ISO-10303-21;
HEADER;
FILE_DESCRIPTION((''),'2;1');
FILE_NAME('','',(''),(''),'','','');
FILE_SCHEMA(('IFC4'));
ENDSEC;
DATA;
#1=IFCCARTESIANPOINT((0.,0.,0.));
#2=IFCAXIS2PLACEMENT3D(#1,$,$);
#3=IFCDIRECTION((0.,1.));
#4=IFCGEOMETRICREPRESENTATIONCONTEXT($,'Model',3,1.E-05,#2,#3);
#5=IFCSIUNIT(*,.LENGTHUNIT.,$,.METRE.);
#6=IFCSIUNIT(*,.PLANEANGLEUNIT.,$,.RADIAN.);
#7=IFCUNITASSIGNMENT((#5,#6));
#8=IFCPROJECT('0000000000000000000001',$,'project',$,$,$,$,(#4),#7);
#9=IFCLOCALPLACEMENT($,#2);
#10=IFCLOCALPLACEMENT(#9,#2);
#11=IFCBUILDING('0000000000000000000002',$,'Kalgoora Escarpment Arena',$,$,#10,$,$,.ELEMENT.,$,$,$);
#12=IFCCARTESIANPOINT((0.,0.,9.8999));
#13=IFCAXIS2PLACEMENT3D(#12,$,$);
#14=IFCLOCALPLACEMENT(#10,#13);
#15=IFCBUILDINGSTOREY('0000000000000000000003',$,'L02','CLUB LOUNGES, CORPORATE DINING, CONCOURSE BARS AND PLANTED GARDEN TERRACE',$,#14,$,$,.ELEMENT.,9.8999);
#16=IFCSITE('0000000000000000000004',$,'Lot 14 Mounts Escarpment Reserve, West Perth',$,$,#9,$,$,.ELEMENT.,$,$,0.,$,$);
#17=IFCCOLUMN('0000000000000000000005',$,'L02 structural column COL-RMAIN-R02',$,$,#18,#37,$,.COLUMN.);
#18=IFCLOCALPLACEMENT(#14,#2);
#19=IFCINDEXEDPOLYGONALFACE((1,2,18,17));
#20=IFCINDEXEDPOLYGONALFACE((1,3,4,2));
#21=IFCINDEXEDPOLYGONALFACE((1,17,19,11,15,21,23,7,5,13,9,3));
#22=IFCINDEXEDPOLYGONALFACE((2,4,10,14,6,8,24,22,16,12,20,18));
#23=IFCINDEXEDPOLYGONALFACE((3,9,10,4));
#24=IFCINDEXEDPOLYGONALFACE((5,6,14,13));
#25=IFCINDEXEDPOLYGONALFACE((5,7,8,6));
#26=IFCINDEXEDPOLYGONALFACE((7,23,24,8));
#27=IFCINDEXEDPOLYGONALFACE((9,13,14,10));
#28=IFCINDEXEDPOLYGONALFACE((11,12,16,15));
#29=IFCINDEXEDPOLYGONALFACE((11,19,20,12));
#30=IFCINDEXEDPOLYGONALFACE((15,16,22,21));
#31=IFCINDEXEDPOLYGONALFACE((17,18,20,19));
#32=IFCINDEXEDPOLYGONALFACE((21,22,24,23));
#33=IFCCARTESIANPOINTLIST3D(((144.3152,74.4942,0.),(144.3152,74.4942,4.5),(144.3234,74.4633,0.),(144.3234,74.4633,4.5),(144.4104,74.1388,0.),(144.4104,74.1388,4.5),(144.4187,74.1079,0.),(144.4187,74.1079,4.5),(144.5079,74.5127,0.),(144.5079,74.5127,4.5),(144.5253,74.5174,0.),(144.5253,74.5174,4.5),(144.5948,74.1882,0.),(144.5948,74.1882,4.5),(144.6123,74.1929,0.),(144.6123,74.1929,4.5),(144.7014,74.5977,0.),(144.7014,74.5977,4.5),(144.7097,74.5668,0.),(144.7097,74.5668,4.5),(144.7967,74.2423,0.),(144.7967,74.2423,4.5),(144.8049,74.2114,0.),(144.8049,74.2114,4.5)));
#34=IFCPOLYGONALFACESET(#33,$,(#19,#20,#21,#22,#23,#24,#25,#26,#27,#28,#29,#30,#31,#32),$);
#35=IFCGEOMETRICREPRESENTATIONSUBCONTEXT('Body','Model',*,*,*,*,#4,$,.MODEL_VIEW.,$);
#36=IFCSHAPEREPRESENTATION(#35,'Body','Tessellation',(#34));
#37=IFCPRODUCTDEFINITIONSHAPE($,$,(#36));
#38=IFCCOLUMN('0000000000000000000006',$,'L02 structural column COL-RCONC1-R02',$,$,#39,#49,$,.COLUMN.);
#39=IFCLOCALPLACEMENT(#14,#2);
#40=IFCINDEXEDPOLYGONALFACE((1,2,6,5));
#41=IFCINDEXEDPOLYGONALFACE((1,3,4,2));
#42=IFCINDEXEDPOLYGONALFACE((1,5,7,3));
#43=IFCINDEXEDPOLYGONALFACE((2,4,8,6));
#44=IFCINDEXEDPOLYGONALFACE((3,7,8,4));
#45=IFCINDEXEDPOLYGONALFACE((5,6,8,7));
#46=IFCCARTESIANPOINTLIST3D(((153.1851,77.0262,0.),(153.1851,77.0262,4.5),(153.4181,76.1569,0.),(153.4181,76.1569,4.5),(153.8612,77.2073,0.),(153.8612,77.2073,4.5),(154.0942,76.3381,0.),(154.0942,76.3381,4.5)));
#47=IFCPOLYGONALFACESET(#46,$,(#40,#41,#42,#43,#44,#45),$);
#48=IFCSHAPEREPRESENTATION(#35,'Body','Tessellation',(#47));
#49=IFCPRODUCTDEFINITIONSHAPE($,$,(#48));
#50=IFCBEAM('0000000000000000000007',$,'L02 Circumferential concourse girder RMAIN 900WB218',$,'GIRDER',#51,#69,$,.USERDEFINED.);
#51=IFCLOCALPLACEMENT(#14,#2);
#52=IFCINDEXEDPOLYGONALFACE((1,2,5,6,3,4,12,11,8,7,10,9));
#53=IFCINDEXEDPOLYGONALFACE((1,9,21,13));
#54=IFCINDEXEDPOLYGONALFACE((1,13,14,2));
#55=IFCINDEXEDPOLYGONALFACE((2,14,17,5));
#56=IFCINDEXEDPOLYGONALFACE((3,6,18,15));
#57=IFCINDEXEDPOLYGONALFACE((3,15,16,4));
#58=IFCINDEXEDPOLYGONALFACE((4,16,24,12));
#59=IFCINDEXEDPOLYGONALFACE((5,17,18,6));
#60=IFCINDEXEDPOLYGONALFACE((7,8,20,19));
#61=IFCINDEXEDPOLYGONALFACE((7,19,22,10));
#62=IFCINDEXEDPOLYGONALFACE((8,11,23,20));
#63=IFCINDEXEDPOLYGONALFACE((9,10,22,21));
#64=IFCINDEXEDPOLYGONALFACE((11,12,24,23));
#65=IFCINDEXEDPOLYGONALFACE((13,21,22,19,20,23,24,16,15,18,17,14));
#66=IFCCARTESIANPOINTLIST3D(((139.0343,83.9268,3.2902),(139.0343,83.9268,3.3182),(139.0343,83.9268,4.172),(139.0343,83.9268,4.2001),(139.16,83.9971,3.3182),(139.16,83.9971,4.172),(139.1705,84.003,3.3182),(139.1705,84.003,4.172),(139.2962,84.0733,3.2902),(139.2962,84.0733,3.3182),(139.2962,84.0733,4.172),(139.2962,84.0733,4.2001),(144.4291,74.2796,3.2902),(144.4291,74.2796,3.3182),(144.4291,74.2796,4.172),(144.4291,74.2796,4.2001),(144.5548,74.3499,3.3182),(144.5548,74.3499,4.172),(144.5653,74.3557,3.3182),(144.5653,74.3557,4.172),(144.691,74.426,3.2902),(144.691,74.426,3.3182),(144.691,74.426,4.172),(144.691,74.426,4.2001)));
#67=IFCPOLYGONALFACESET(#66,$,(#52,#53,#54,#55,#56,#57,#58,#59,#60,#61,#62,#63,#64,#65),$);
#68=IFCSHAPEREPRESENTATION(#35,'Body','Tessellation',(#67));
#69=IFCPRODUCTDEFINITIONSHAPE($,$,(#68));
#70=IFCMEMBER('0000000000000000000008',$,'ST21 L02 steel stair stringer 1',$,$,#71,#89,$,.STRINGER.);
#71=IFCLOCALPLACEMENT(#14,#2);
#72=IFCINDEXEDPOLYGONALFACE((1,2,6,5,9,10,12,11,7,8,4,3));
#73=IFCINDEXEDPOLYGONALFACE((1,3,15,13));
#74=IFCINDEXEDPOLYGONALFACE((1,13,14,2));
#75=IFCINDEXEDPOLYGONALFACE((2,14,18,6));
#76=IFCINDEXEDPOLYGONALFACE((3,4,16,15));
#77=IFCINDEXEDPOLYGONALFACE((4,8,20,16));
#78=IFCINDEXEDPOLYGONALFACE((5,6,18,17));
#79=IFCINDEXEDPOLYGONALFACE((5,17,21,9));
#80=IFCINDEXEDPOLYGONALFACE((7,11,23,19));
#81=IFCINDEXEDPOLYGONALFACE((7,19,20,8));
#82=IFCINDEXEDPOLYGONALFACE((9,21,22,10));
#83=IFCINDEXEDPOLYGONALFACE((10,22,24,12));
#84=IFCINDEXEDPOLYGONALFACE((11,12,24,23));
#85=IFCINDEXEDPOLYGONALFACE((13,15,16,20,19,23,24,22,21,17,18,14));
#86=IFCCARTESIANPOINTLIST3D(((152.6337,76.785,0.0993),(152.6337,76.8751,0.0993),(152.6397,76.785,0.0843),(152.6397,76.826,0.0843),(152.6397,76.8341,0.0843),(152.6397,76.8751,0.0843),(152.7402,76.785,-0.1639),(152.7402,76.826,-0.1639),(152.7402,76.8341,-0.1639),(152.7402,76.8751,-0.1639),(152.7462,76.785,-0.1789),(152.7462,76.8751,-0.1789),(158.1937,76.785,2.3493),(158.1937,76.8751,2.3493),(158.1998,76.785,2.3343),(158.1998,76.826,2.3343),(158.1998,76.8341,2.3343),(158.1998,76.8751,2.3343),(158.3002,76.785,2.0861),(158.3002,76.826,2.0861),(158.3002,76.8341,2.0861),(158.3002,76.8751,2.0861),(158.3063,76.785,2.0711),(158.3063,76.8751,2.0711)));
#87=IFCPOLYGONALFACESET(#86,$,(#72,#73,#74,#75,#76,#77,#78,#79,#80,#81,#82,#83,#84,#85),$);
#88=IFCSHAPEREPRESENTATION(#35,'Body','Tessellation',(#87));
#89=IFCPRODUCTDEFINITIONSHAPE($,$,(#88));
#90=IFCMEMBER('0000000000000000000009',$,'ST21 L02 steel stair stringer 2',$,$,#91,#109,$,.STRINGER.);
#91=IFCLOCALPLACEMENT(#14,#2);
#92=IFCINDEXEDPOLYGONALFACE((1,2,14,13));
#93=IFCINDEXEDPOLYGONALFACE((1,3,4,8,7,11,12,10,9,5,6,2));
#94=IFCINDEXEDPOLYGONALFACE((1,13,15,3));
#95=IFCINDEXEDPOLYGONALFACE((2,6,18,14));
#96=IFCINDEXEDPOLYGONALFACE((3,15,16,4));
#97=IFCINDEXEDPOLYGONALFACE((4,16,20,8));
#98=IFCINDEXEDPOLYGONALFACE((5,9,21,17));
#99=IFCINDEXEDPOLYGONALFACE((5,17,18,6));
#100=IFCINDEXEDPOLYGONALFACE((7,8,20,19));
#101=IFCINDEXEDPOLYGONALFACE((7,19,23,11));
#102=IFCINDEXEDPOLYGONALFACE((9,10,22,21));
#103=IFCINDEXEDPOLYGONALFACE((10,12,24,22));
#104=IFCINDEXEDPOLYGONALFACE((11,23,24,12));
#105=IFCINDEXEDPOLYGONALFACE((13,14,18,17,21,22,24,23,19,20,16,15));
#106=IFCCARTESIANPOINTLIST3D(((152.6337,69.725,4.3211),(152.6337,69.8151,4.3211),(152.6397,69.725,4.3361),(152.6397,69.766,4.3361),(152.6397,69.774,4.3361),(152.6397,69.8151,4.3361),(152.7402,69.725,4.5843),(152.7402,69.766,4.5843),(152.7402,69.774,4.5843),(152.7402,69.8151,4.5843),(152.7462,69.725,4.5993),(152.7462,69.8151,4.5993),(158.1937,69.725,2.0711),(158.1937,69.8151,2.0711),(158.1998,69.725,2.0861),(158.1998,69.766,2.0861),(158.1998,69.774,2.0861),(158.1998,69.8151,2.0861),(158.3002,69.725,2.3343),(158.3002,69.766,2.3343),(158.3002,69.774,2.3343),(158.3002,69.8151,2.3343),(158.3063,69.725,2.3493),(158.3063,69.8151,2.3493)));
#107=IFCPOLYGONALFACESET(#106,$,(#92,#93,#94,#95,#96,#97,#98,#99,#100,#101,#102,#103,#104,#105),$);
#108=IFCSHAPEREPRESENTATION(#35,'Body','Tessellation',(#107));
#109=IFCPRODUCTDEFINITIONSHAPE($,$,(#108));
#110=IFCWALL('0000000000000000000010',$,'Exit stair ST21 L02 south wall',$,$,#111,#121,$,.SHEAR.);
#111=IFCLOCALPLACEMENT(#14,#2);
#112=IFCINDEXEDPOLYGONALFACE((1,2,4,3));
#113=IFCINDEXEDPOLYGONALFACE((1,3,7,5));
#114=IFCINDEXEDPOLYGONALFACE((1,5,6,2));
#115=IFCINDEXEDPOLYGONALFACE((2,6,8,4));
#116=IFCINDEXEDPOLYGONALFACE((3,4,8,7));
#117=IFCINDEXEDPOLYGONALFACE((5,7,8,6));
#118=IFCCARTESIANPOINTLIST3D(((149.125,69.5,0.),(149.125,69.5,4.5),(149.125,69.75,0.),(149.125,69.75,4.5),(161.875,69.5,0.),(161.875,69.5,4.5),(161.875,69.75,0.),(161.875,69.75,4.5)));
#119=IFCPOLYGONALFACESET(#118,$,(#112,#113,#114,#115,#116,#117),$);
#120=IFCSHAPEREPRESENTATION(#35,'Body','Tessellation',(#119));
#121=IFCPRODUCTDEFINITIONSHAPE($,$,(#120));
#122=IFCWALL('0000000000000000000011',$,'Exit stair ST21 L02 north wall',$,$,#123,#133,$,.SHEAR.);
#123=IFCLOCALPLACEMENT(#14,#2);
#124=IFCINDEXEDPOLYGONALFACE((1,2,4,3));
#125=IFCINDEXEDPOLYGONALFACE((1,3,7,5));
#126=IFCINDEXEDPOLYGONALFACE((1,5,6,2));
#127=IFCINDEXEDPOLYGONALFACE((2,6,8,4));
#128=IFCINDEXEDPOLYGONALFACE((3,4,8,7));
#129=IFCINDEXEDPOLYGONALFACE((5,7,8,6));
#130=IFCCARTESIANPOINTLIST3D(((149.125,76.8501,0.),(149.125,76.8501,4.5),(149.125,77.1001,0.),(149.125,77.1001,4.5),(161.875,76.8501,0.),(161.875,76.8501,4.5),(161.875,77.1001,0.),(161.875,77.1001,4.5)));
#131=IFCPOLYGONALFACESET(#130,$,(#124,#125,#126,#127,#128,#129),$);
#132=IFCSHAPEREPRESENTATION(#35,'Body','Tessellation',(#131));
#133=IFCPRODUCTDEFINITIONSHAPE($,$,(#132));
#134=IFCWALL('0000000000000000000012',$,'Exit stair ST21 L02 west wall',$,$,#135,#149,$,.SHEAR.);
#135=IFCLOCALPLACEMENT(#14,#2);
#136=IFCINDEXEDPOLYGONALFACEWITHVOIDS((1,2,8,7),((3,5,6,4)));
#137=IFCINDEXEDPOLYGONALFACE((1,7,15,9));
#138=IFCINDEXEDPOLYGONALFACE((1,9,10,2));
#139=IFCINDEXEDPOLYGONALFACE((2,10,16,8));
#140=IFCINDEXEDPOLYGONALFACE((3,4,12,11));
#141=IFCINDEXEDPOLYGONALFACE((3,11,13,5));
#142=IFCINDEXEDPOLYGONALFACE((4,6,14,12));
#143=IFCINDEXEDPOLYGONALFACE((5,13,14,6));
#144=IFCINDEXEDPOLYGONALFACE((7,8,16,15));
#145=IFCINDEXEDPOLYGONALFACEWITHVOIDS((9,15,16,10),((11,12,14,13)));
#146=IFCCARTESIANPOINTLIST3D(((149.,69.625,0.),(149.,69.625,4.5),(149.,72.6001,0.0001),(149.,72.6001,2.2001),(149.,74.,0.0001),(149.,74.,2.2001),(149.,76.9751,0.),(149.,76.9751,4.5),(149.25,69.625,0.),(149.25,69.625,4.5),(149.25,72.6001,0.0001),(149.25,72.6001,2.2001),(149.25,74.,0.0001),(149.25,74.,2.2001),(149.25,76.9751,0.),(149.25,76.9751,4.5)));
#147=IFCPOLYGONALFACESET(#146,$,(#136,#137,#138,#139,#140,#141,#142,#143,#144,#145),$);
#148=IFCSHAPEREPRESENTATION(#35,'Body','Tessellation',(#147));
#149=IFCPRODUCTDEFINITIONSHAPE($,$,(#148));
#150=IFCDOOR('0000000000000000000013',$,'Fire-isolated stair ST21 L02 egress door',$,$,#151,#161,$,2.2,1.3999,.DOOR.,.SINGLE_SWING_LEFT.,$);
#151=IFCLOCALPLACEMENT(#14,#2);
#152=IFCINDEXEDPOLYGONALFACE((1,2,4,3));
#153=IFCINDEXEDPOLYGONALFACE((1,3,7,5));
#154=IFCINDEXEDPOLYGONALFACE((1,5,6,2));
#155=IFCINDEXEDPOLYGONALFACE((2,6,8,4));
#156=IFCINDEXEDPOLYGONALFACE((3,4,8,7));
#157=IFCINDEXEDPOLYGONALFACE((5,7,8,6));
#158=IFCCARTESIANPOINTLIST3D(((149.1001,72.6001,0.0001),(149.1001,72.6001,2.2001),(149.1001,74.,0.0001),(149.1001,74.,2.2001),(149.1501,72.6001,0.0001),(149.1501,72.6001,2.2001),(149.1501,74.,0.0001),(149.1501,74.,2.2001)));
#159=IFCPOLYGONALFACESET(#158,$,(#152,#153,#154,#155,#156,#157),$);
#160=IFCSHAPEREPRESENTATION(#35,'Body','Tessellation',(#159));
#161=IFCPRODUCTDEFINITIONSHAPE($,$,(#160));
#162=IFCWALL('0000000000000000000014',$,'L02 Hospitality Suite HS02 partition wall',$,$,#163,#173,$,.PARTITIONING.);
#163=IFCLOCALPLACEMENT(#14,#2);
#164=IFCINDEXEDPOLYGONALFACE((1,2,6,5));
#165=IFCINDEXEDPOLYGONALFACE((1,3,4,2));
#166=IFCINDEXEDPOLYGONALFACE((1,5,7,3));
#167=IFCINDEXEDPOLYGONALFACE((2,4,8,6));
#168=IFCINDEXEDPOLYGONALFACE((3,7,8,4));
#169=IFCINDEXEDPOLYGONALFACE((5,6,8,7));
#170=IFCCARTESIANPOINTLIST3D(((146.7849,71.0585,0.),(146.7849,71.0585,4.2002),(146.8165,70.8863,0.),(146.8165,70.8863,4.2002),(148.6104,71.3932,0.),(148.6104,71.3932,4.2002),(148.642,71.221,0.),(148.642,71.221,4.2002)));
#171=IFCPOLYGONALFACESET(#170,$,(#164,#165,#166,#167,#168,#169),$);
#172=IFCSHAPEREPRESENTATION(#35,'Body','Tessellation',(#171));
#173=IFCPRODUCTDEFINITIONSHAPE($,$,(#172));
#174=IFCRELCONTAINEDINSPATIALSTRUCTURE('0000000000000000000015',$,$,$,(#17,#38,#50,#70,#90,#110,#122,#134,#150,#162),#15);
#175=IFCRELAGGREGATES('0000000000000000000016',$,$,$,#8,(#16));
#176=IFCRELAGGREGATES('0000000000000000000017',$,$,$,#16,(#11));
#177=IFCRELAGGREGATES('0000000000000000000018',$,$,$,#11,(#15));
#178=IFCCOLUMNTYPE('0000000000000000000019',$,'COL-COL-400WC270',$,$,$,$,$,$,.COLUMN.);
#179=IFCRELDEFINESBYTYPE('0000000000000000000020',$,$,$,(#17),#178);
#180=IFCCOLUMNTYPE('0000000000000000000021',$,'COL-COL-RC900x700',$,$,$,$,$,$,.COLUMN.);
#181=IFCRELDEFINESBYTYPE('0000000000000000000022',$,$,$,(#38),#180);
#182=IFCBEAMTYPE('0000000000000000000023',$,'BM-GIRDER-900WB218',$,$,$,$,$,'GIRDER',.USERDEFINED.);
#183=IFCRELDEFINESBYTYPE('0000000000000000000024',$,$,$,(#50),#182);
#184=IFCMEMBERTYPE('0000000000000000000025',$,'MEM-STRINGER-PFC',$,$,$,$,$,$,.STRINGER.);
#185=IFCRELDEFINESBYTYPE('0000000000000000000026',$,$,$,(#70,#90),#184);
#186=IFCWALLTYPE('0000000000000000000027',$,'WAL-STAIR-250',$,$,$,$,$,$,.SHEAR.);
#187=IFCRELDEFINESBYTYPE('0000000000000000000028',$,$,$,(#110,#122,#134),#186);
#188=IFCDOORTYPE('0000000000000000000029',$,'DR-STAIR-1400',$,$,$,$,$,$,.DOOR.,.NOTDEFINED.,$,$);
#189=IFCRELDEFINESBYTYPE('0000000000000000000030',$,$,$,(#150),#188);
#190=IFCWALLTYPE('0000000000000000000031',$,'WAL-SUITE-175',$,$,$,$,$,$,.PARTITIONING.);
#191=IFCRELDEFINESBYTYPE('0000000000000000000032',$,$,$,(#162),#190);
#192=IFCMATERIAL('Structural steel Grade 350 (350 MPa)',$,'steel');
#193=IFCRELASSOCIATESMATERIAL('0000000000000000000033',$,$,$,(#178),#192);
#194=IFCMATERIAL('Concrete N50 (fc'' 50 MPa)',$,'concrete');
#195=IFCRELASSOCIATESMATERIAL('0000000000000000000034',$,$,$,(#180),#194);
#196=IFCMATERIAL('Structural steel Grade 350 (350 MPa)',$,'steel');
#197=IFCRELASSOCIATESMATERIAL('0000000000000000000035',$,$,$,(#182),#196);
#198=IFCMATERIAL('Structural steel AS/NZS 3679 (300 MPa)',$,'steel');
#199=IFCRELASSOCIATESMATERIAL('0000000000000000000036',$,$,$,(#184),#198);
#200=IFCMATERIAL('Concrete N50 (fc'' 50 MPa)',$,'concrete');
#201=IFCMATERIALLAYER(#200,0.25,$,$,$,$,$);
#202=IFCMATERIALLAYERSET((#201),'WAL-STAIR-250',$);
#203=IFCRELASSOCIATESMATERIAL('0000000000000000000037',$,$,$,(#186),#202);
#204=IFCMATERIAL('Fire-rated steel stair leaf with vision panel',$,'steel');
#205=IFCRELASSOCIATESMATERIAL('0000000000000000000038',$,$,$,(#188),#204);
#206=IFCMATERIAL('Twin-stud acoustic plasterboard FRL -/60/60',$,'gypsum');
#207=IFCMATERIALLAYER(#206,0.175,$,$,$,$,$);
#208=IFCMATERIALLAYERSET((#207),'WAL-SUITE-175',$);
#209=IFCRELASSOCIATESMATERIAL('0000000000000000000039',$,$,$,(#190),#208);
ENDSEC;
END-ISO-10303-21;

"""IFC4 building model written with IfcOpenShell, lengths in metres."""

from ifc_helpers import new_model, si_unit, direction, frame, frame_2d, origin, origin_2d, place, context, subcontext, project, spatial, rectangle, i_section, extrude, material, layer, layer_set, material_profile, profile_set, type_object, element, fill, save


model = new_model("IFC4")

# Units and contexts
model_context = context("Model", 3, precision=1e-05, world=origin(), true_north=direction((0.0, 1.0)))
body_context = subcontext(model_context, "Body", "Model", "MODEL_VIEW")
ifc_project = project(units=[si_unit("LENGTHUNIT", "METRE"), si_unit("PLANEANGLEUNIT", "RADIAN")], contexts=[model_context])

# Site, building, storey
site_placement = place(None, origin())
site = spatial("IfcSite", under=ifc_project, at=site_placement, Name="Lot 14 Mounts Escarpment Reserve, West Perth", CompositionType="ELEMENT", RefElevation=0.0)
building_placement = place(site_placement, origin())
building = spatial("IfcBuilding", under=site, at=building_placement, Name="Kalgoora Escarpment Arena", CompositionType="ELEMENT")
storey_placement = place(building_placement, frame((0.0, 0.0, 9.8999)))
storey = spatial("IfcBuildingStorey", under=building, at=storey_placement, Name="L02", Description="CLUB LOUNGES, CORPORATE DINING, CONCOURSE BARS AND PLANTED GARDEN TERRACE", CompositionType="ELEMENT", Elevation=9.8999)

# Columns
ifc_material_1 = material(Name="Structural steel Grade 350 (350 MPa)", Category="steel")
ifc_material_profile_1 = material_profile(ifc_material_1, i_section(OverallWidth=0.3999, OverallDepth=0.3999, WebThickness=0.0181, FlangeThickness=0.032, at=origin_2d()))
ifc_profile_set_1 = profile_set([ifc_material_profile_1], Name="Structural steel Grade 350 (350 MPa)")
column_type_1 = type_object("IfcColumnType", Name="COL-COL-400WC270", PredefinedType="COLUMN", material=ifc_profile_set_1)
column_1_placement = place(storey_placement, frame((144.5601, 74.3528, 0.0), z_axis=(0.0, 0.0, 1.0), x_axis=(0.965926, 0.258819, 0.0)))
element("IfcColumn", 1, at=column_1_placement, inside=storey, type_object=column_type_1, Name="L02 structural column COL-RMAIN-R02", PredefinedType="COLUMN", context=body_context, shape_type="SweptSolid", body=[
    extrude(i_section(OverallWidth=0.3999, OverallDepth=0.3999, WebThickness=0.0181, FlangeThickness=0.032, at=origin_2d()), origin(), (0.0, 0.0, 1.0), 4.5),
])
ifc_material_2 = material(Name="Concrete N50 (fc' 50 MPa)", Category="concrete")
ifc_material_profile_2 = material_profile(ifc_material_2, rectangle(XDim=0.7, YDim=0.8999, at=origin_2d()))
ifc_profile_set_2 = profile_set([ifc_material_profile_2], Name="Concrete N50 (fc' 50 MPa)")
column_type_2 = type_object("IfcColumnType", Name="COL-COL-RC900x700", PredefinedType="COLUMN", material=ifc_profile_set_2)
column_2_placement = place(storey_placement, frame((153.6396, 76.6821, 0.0), z_axis=(0.0, 0.0, 1.0), x_axis=(0.965926, 0.258819, 0.0)))
element("IfcColumn", 2, at=column_2_placement, inside=storey, type_object=column_type_2, Name="L02 structural column COL-RCONC1-R02", PredefinedType="COLUMN", context=body_context, shape_type="SweptSolid", body=[
    extrude(rectangle(XDim=0.7, YDim=0.8999, at=origin_2d()), origin(), (0.0, 0.0, 1.0), 4.5),
])

# Beam
ifc_material_3 = material(Name="Structural steel Grade 350 (350 MPa)", Category="steel")
ifc_material_profile_3 = material_profile(ifc_material_3, i_section(OverallWidth=0.3, OverallDepth=0.9099, WebThickness=0.012, FlangeThickness=0.0281, at=origin_2d()))
ifc_profile_set_3 = profile_set([ifc_material_profile_3], Name="Structural steel Grade 350 (350 MPa)")
beam_type = type_object("IfcBeamType", Name="BM-GIRDER-900WB218", ElementType="GIRDER", PredefinedType="USERDEFINED", material=ifc_profile_set_3)
beam_placement = place(storey_placement, frame((144.5601, 74.3528, 3.7451), z_axis=(-0.488075, 0.872802, 0.0), x_axis=(-0.872802, -0.488075, 0.0)))
element("IfcBeam", 3, at=beam_placement, inside=storey, type_object=beam_type, Name="L02 Circumferential concourse girder RMAIN 900WB218", ObjectType="GIRDER", PredefinedType="USERDEFINED", context=body_context, shape_type="SweptSolid", body=[
    extrude(i_section(OverallWidth=0.3, OverallDepth=0.9099, WebThickness=0.012, FlangeThickness=0.0281, at=origin_2d()), origin(), (0.0, 0.0, 1.0), 11.0532),
])

# Members
ifc_material_4 = material(Name="Structural steel AS/NZS 3679 (300 MPa)", Category="steel")
ifc_material_profile_4 = material_profile(ifc_material_4, i_section(OverallWidth=0.0901, OverallDepth=0.3, WebThickness=0.0081, FlangeThickness=0.0161, at=origin_2d()))
ifc_profile_set_4 = profile_set([ifc_material_profile_4], Name="Structural steel AS/NZS 3679 (300 MPa)")
member_type = type_object("IfcMemberType", Name="MEM-STRINGER-PFC", PredefinedType="STRINGER", material=ifc_profile_set_4)
for number, where, z_axis, x_axis, name in (
    (4, (152.6899, 76.8301, -0.0398), (0.926976, 0.0, 0.375121), (0.0, 1.0, 0.0), "ST21 L02 steel stair stringer 1"),
    (5, (158.25, 69.77, 2.2102), (-0.926976, 0.0, 0.375121), (0.0, -1.0, 0.0), "ST21 L02 steel stair stringer 2"),
):
    element("IfcMember", number, at=place(storey_placement, frame(where, z_axis=z_axis, x_axis=x_axis)), inside=storey, type_object=member_type, Name=name, PredefinedType="STRINGER", context=body_context, shape_type="SweptSolid", body=[
        extrude(i_section(OverallWidth=0.0901, OverallDepth=0.3, WebThickness=0.0081, FlangeThickness=0.0161, at=origin_2d()), origin(), (0.0, 0.0, 1.0), 5.998),
    ])

# Walls
ifc_material_5 = material(Name="Concrete N50 (fc' 50 MPa)", Category="concrete")
ifc_layer_1 = layer(ifc_material_5, 0.25)
ifc_layer_set_1 = layer_set([ifc_layer_1], Name="WAL-STAIR-250")
wall_type_1 = type_object("IfcWallType", Name="WAL-STAIR-250", PredefinedType="SHEAR", material=ifc_layer_set_1)
for number, where, z_axis, x_axis, name in (
    (6, (149.125, 69.625, 0.0), (0.0, 0.0, 1.0), (1.0, 0.0, 0.0), "Exit stair ST21 L02 south wall"),
    (7, (149.125, 76.9751, 0.0), (0.0, 0.0, 1.0), (1.0, 0.0, 0.0), "Exit stair ST21 L02 north wall"),
):
    element("IfcWall", number, at=place(storey_placement, frame(where, z_axis=z_axis, x_axis=x_axis)), inside=storey, type_object=wall_type_1, Name=name, PredefinedType="SHEAR", context=body_context, shape_type="SweptSolid", body=[
        extrude(rectangle(XDim=12.75, YDim=0.25, at=frame_2d((6.375, 0.0))), origin(), (0.0, 0.0, 1.0), 4.5),
    ])

# Wall, opening, door
wall_1_placement = place(storey_placement, frame((149.125, 69.625, 0.0), z_axis=(0.0, 0.0, 1.0), x_axis=(0.0, 1.0, 0.0)))
wall_1 = element("IfcWall", 8, at=wall_1_placement, inside=storey, type_object=wall_type_1, Name="Exit stair ST21 L02 west wall", PredefinedType="SHEAR", context=body_context, shape_type="SweptSolid", body=[
    extrude(rectangle(XDim=7.3501, YDim=0.25, at=frame_2d((3.675, 0.0))), origin(), (0.0, 0.0, 1.0), 4.5),
])
opening_1_placement = place(wall_1_placement, frame((2.9751, 0.0, 0.0)))
opening_1 = element("IfcOpeningElement", 9, at=opening_1_placement, cuts=wall_1, PredefinedType="OPENING", context=body_context, shape_type="SweptSolid", body=[
    extrude(rectangle(XDim=1.3999, YDim=2.2, at=frame_2d((0.7, 1.1001))), frame((0.0, 0.135, 0.0), z_axis=(0.0, -1.0, 0.0), x_axis=(1.0, 0.0, 0.0)), (0.0, 0.0, 1.0), 0.27),
])
ifc_material_6 = material(Name="Fire-rated steel stair leaf with vision panel", Category="steel")
door_type_1 = type_object("IfcDoorType", Name="DR-STAIR-1400", OperationType="NOTDEFINED", PredefinedType="DOOR", material=ifc_material_6)
door_1_placement = place(opening_1_placement, origin())
door_1 = element("IfcDoor", 10, at=door_1_placement, inside=storey, type_object=door_type_1, Name="Fire-isolated stair ST21 L02 egress door", OperationType="SINGLE_SWING_LEFT", OverallHeight=2.2, OverallWidth=1.3999, PredefinedType="DOOR", context=body_context, shape_type="SweptSolid", body=[
    extrude(rectangle(XDim=1.3999, YDim=2.2, at=frame_2d((0.7, 1.1001))), frame((0.0, 0.0249, 0.0), z_axis=(0.0, -1.0, 0.0), x_axis=(1.0, 0.0, 0.0)), (0.0, 0.0, 1.0), 0.05),
])
fill(opening_1, door_1)

# Wall
ifc_material_7 = material(Name="Twin-stud acoustic plasterboard FRL -/60/60", Category="gypsum")
ifc_layer_2 = layer(ifc_material_7, 0.175)
ifc_layer_set_2 = layer_set([ifc_layer_2], Name="WAL-SUITE-175")
wall_type_2 = type_object("IfcWallType", Name="WAL-SUITE-175", PredefinedType="PARTITIONING", material=ifc_layer_set_2)
wall_2_placement = place(storey_placement, frame((148.6262, 71.3071, 0.0), z_axis=(0.0, 0.0, 1.0), x_axis=(-0.983602, -0.180355, 0.0)))
element("IfcWall", 11, at=wall_2_placement, inside=storey, type_object=wall_type_2, Name="L02 Hospitality Suite HS02 partition wall", PredefinedType="PARTITIONING", context=body_context, shape_type="SweptSolid", body=[
    extrude(rectangle(XDim=1.856, YDim=0.175, at=frame_2d((0.928, 0.0))), origin(), (0.0, 0.0, 1.0), 4.2002),
])

save(model, "model.ifc")
